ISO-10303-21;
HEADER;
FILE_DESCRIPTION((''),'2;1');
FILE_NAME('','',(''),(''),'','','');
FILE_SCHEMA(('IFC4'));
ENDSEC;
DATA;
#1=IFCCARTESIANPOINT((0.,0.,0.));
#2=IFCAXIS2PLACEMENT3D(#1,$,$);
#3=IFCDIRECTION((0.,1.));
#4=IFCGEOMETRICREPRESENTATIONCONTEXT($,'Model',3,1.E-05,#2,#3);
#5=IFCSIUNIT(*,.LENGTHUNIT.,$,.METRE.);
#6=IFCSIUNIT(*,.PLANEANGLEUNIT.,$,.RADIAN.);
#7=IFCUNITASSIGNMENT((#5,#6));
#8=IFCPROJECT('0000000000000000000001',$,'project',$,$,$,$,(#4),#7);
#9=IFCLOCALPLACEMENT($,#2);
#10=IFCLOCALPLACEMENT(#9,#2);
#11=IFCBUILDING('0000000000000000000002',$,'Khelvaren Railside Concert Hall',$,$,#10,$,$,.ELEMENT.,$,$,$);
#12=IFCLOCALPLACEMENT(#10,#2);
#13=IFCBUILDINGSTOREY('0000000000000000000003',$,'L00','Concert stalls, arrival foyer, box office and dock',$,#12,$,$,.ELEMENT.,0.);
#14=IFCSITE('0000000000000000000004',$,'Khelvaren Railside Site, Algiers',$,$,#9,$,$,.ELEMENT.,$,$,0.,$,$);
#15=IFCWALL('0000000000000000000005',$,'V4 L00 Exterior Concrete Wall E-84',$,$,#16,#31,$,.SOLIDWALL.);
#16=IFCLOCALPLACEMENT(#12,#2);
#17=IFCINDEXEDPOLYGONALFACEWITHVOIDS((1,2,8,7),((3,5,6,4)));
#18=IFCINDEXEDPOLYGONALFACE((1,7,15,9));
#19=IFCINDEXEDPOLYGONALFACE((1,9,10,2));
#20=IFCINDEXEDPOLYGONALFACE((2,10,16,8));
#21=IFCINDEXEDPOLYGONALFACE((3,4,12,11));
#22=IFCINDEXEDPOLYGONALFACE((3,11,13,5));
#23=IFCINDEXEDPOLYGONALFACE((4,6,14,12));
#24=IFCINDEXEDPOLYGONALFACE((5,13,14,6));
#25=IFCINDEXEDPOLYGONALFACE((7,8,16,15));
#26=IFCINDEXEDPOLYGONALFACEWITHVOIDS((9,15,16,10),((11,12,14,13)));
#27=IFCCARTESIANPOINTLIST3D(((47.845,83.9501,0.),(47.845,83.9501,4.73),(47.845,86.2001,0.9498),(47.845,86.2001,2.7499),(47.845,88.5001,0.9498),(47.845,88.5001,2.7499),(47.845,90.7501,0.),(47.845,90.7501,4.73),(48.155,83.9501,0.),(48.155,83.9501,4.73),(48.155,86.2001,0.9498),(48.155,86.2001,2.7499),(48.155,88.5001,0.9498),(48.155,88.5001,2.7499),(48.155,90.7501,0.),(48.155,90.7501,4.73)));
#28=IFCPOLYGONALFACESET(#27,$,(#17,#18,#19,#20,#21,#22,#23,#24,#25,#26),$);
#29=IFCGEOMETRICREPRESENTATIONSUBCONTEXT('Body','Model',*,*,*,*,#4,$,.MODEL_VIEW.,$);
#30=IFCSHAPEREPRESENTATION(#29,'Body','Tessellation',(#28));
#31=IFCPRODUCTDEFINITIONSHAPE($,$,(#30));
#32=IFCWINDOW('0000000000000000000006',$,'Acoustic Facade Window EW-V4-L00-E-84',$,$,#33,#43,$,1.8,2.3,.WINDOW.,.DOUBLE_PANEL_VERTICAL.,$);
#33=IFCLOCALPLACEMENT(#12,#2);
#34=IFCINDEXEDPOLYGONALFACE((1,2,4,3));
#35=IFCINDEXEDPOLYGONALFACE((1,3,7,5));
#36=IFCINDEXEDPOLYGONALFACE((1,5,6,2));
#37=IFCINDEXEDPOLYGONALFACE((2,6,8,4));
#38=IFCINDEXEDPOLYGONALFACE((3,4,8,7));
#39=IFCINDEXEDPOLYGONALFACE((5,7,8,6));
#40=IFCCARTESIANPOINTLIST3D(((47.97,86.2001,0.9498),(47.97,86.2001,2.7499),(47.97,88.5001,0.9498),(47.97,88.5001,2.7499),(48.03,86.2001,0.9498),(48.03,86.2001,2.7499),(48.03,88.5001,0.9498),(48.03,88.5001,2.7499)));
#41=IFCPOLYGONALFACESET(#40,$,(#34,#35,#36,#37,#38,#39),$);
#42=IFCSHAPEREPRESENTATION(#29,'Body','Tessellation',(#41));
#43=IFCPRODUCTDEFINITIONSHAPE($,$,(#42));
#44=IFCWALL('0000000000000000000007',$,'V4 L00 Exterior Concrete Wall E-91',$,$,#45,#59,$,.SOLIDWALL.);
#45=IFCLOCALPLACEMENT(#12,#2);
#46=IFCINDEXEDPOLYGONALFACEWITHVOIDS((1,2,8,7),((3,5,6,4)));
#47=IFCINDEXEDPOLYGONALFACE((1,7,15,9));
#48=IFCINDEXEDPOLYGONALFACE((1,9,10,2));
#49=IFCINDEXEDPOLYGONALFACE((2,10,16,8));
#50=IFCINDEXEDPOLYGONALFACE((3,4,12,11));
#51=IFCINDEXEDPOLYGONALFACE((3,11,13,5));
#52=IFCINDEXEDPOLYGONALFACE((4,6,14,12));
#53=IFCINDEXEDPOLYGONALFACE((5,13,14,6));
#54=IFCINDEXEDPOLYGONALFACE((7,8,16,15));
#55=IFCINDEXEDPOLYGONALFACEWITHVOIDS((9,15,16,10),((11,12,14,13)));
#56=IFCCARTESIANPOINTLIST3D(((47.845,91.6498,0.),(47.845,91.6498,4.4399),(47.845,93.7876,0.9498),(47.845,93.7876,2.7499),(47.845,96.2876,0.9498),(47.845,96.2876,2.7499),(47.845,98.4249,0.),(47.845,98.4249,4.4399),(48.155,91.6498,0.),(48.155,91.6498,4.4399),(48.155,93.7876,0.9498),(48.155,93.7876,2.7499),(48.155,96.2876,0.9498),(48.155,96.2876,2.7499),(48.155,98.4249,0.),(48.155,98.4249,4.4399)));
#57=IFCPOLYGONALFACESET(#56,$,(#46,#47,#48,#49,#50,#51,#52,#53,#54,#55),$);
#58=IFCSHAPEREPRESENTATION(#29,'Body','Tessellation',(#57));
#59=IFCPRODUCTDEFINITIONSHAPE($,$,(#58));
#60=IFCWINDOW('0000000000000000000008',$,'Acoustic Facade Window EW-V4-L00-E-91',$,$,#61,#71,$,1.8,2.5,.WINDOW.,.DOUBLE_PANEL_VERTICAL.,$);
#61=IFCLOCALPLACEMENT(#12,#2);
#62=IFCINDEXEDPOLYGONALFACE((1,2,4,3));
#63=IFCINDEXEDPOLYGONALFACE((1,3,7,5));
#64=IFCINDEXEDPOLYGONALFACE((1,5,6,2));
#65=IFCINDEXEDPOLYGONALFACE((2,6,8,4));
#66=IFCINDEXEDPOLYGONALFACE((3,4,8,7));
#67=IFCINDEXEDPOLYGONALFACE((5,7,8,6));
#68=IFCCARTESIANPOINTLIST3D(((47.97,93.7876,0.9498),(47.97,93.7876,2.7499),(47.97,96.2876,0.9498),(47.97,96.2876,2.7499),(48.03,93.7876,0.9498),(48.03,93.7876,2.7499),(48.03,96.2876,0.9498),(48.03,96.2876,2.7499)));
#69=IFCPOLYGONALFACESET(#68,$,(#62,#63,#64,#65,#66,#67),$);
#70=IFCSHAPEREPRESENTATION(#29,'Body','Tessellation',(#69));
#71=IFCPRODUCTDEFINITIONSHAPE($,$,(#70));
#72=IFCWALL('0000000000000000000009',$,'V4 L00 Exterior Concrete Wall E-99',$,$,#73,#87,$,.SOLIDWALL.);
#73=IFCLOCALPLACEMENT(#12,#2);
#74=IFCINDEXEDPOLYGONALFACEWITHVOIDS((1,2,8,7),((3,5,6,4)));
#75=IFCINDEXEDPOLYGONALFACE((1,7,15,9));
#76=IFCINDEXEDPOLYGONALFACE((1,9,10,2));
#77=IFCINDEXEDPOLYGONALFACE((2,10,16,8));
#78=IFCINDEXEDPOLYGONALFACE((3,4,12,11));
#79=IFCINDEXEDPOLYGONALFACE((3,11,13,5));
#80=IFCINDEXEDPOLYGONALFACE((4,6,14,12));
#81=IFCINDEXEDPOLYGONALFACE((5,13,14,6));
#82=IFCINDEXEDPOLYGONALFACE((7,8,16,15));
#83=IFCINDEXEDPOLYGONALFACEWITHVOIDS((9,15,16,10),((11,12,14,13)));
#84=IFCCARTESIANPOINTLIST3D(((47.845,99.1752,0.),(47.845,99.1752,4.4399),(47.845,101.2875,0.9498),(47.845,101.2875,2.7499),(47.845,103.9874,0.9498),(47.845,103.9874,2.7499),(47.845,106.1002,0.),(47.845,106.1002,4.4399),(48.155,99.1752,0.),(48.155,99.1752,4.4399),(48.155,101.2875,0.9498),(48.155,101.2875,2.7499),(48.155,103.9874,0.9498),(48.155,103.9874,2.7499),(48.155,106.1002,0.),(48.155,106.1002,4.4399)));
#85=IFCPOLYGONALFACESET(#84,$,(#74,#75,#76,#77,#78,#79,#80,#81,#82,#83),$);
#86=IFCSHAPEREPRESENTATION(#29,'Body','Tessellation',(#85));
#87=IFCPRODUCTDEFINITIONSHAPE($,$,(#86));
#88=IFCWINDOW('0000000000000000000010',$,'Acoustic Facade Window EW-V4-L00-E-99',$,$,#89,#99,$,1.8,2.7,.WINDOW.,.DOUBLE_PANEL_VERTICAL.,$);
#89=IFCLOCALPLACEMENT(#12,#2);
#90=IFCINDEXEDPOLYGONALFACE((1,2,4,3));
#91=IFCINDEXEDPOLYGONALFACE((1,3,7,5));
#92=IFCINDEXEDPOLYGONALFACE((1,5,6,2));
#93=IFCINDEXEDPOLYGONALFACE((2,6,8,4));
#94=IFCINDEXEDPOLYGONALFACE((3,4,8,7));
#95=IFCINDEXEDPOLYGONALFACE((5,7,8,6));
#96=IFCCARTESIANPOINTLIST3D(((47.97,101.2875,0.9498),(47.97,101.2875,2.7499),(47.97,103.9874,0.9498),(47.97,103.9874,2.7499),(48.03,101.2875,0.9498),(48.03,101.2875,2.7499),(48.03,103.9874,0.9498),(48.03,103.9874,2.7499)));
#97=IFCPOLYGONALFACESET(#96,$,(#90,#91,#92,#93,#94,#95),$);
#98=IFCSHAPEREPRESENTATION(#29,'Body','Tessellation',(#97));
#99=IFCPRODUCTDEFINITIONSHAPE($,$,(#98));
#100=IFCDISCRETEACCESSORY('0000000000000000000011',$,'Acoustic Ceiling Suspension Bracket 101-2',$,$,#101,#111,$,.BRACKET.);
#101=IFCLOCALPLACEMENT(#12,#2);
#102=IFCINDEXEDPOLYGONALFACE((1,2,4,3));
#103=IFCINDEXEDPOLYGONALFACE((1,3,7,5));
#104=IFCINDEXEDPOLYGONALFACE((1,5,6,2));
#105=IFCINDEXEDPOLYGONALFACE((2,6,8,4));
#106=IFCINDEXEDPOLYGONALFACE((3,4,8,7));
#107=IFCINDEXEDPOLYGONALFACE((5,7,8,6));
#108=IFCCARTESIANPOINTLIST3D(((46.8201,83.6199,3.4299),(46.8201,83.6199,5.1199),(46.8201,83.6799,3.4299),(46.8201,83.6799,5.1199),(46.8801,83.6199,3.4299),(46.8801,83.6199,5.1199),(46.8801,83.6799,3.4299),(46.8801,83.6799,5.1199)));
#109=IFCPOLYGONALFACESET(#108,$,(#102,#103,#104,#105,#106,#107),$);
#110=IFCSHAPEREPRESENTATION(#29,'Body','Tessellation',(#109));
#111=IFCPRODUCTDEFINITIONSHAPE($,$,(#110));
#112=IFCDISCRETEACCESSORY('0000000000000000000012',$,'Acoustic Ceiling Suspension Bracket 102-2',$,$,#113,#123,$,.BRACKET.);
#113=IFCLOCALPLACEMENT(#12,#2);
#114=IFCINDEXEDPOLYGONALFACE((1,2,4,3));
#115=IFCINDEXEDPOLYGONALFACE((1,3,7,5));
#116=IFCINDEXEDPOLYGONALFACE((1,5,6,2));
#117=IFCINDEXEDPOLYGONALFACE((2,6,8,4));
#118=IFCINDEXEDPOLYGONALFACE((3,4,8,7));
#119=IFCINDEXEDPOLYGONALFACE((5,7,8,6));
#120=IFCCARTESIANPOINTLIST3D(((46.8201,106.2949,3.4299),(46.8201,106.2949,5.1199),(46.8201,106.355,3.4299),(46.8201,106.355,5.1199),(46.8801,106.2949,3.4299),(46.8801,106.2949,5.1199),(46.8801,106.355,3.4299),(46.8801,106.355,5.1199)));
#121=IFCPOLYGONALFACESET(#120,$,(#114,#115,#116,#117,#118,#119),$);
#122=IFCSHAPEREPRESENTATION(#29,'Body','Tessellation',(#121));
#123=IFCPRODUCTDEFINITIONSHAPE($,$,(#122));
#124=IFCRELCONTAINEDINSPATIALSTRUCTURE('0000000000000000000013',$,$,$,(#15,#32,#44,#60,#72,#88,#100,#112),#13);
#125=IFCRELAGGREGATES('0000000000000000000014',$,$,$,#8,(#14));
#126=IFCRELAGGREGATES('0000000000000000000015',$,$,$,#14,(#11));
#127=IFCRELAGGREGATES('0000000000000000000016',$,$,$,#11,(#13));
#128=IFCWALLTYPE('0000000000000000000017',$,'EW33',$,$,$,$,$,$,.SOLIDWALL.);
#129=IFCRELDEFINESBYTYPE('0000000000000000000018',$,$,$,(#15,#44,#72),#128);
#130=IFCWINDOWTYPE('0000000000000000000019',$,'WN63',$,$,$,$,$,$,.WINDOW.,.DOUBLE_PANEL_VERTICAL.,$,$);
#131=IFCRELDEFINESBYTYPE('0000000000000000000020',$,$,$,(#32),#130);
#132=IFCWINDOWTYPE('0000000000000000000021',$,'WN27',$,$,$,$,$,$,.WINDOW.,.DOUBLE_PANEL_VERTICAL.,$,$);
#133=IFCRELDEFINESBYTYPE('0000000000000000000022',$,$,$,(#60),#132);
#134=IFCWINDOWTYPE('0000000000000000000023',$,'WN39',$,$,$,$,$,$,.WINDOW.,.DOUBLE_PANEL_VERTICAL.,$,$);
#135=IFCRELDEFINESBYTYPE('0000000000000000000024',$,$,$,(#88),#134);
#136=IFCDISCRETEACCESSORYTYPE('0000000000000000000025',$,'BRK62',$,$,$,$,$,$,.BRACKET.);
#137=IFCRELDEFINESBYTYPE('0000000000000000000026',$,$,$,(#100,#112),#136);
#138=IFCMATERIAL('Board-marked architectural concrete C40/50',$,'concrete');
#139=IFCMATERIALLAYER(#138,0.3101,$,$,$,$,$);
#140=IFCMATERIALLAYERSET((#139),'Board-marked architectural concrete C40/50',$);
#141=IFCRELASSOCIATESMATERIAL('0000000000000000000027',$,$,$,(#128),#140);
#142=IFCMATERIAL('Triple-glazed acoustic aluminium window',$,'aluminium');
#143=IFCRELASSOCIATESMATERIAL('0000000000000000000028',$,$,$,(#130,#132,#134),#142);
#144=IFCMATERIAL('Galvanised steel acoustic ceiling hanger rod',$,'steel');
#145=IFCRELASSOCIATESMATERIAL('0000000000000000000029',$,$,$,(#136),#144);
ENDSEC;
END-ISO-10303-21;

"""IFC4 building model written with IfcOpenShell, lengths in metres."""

from ifc_helpers import new_model, si_unit, direction, frame, frame_2d, origin, origin_2d, place, context, subcontext, project, spatial, rectangle, extrude, material, layer, layer_set, type_object, element, fill, save


model = new_model("IFC4")

# Units and contexts
model_context = context("Model", 3, precision=1e-05, world=origin(), true_north=direction((0.0, 1.0)))
body_context = subcontext(model_context, "Body", "Model", "MODEL_VIEW")
ifc_project = project(units=[si_unit("LENGTHUNIT", "METRE"), si_unit("PLANEANGLEUNIT", "RADIAN")], contexts=[model_context])

# Site, building, storey
site_placement = place(None, origin())
site = spatial("IfcSite", under=ifc_project, at=site_placement, Name="Khelvaren Railside Site, Algiers", CompositionType="ELEMENT", RefElevation=0.0)
building_placement = place(site_placement, origin())
building = spatial("IfcBuilding", under=site, at=building_placement, Name="Khelvaren Railside Concert Hall", CompositionType="ELEMENT")
storey_placement = place(building_placement, origin())
storey = spatial("IfcBuildingStorey", under=building, at=storey_placement, Name="L00", Description="Concert stalls, arrival foyer, box office and dock", CompositionType="ELEMENT", Elevation=0.0)

# Shared definitions
ifc_material_1 = material(Name="Board-marked architectural concrete C40/50", Category="concrete")
ifc_layer = layer(ifc_material_1, 0.3101)
ifc_layer_set = layer_set([ifc_layer], Name="Board-marked architectural concrete C40/50")
wall_type = type_object("IfcWallType", Name="EW33", PredefinedType="SOLIDWALL", material=ifc_layer_set)

# Walls, openings, windows
ifc_material_2 = material(Name="Triple-glazed acoustic aluminium window", Category="aluminium")
wall_1_placement = place(storey_placement, frame((48.0, 90.75, 0.0), z_axis=(0.0, 0.0, 1.0), x_axis=(0.0, -1.0, 0.0)))
wall_1 = element("IfcWall", 1, at=wall_1_placement, inside=storey, type_object=wall_type, Name="V4 L00 Exterior Concrete Wall E-84", PredefinedType="SOLIDWALL", context=body_context, shape_type="SweptSolid", body=[
    extrude(rectangle(XDim=6.8, YDim=0.3101, at=frame_2d((3.3999, 0.0))), origin(), (0.0, 0.0, 1.0), 4.73),
])
opening_1_placement = place(wall_1_placement, frame((2.25, 0.0, 0.95)))
opening_1 = element("IfcOpeningElement", 2, at=opening_1_placement, cuts=wall_1, PredefinedType="OPENING", context=body_context, shape_type="SweptSolid", body=[
    extrude(rectangle(XDim=2.3, YDim=1.8, at=frame_2d((1.1499, 0.8999))), frame((0.0, 0.165, 0.0), z_axis=(0.0, -1.0, 0.0), x_axis=(1.0, 0.0, 0.0)), (0.0, 0.0, 1.0), 0.3301),
])
window_type_1 = type_object("IfcWindowType", Name="WN63", PartitioningType="DOUBLE_PANEL_VERTICAL", PredefinedType="WINDOW", material=ifc_material_2)
window_1_placement = place(opening_1_placement, origin())
window_1 = element("IfcWindow", 3, at=window_1_placement, inside=storey, type_object=window_type_1, Name="Acoustic Facade Window EW-V4-L00-E-84", OverallHeight=1.8, OverallWidth=2.3, PartitioningType="DOUBLE_PANEL_VERTICAL", PredefinedType="WINDOW", context=body_context, shape_type="SweptSolid", body=[
    extrude(rectangle(XDim=2.3, YDim=1.8, at=frame_2d((1.1499, 0.8999))), frame((0.0, 0.03, 0.0), z_axis=(0.0, -1.0, 0.0), x_axis=(1.0, 0.0, 0.0)), (0.0, 0.0, 1.0), 0.0601),
])
fill(opening_1, window_1)
wall_2_placement = place(storey_placement, frame((48.0, 98.425, 0.0), z_axis=(0.0, 0.0, 1.0), x_axis=(0.0, -1.0, 0.0)))
wall_2 = element("IfcWall", 4, at=wall_2_placement, inside=storey, type_object=wall_type, Name="V4 L00 Exterior Concrete Wall E-91", PredefinedType="SOLIDWALL", context=body_context, shape_type="SweptSolid", body=[
    extrude(rectangle(XDim=6.7751, YDim=0.3101, at=frame_2d((3.3877, 0.0))), origin(), (0.0, 0.0, 1.0), 4.4399),
])
opening_2_placement = place(wall_2_placement, frame((2.1375, 0.0, 0.95)))
opening_2 = element("IfcOpeningElement", 5, at=opening_2_placement, cuts=wall_2, PredefinedType="OPENING", context=body_context, shape_type="SweptSolid", body=[
    extrude(rectangle(XDim=2.5, YDim=1.8, at=frame_2d((1.25, 0.8999))), frame((0.0, 0.165, 0.0), z_axis=(0.0, -1.0, 0.0), x_axis=(1.0, 0.0, 0.0)), (0.0, 0.0, 1.0), 0.3301),
])
window_type_2 = type_object("IfcWindowType", Name="WN27", PartitioningType="DOUBLE_PANEL_VERTICAL", PredefinedType="WINDOW", material=ifc_material_2)
window_2_placement = place(opening_2_placement, origin())
window_2 = element("IfcWindow", 6, at=window_2_placement, inside=storey, type_object=window_type_2, Name="Acoustic Facade Window EW-V4-L00-E-91", OverallHeight=1.8, OverallWidth=2.5, PartitioningType="DOUBLE_PANEL_VERTICAL", PredefinedType="WINDOW", context=body_context, shape_type="SweptSolid", body=[
    extrude(rectangle(XDim=2.5, YDim=1.8, at=frame_2d((1.25, 0.8999))), frame((0.0, 0.03, 0.0), z_axis=(0.0, -1.0, 0.0), x_axis=(1.0, 0.0, 0.0)), (0.0, 0.0, 1.0), 0.0601),
])
fill(opening_2, window_2)
wall_3_placement = place(storey_placement, frame((48.0, 106.1001, 0.0), z_axis=(0.0, 0.0, 1.0), x_axis=(0.0, -1.0, 0.0)))
wall_3 = element("IfcWall", 7, at=wall_3_placement, inside=storey, type_object=wall_type, Name="V4 L00 Exterior Concrete Wall E-99", PredefinedType="SOLIDWALL", context=body_context, shape_type="SweptSolid", body=[
    extrude(rectangle(XDim=6.925, YDim=0.3101, at=frame_2d((3.4624, 0.0))), origin(), (0.0, 0.0, 1.0), 4.4399),
])
opening_3_placement = place(wall_3_placement, frame((2.1125, 0.0, 0.95)))
opening_3 = element("IfcOpeningElement", 8, at=opening_3_placement, cuts=wall_3, PredefinedType="OPENING", context=body_context, shape_type="SweptSolid", body=[
    extrude(rectangle(XDim=2.7, YDim=1.8, at=frame_2d((1.3501, 0.8999))), frame((0.0, 0.165, 0.0), z_axis=(0.0, -1.0, 0.0), x_axis=(1.0, 0.0, 0.0)), (0.0, 0.0, 1.0), 0.3301),
])
window_type_3 = type_object("IfcWindowType", Name="WN39", PartitioningType="DOUBLE_PANEL_VERTICAL", PredefinedType="WINDOW", material=ifc_material_2)
window_3_placement = place(opening_3_placement, origin())
window_3 = element("IfcWindow", 9, at=window_3_placement, inside=storey, type_object=window_type_3, Name="Acoustic Facade Window EW-V4-L00-E-99", OverallHeight=1.8, OverallWidth=2.7, PartitioningType="DOUBLE_PANEL_VERTICAL", PredefinedType="WINDOW", context=body_context, shape_type="SweptSolid", body=[
    extrude(rectangle(XDim=2.7, YDim=1.8, at=frame_2d((1.3501, 0.8999))), frame((0.0, 0.03, 0.0), z_axis=(0.0, -1.0, 0.0), x_axis=(1.0, 0.0, 0.0)), (0.0, 0.0, 1.0), 0.0601),
])
fill(opening_3, window_3)

# Discrete accessories
ifc_material_3 = material(Name="Galvanised steel acoustic ceiling hanger rod", Category="steel")
discrete_accessory_type = type_object("IfcDiscreteAccessoryType", Name="BRK62", PredefinedType="BRACKET", material=ifc_material_3)
for number, where, z_axis, x_axis, name in (
    (10, (46.8501, 83.6499, 3.4299), (0.0, 0.0, 1.0), (1.0, 0.0, 0.0), "Acoustic Ceiling Suspension Bracket 101-2"),
    (11, (46.8501, 106.325, 3.4299), (0.0, 0.0, 1.0), (1.0, 0.0, 0.0), "Acoustic Ceiling Suspension Bracket 102-2"),
):
    element("IfcDiscreteAccessory", number, at=place(storey_placement, frame(where, z_axis=z_axis, x_axis=x_axis)), inside=storey, type_object=discrete_accessory_type, Name=name, PredefinedType="BRACKET", context=body_context, shape_type="SweptSolid", body=[
        extrude(rectangle(XDim=0.0601, YDim=0.0601, at=origin_2d()), origin(), (0.0, 0.0, 1.0), 1.6899),
    ])

save(model, "model.ifc")
